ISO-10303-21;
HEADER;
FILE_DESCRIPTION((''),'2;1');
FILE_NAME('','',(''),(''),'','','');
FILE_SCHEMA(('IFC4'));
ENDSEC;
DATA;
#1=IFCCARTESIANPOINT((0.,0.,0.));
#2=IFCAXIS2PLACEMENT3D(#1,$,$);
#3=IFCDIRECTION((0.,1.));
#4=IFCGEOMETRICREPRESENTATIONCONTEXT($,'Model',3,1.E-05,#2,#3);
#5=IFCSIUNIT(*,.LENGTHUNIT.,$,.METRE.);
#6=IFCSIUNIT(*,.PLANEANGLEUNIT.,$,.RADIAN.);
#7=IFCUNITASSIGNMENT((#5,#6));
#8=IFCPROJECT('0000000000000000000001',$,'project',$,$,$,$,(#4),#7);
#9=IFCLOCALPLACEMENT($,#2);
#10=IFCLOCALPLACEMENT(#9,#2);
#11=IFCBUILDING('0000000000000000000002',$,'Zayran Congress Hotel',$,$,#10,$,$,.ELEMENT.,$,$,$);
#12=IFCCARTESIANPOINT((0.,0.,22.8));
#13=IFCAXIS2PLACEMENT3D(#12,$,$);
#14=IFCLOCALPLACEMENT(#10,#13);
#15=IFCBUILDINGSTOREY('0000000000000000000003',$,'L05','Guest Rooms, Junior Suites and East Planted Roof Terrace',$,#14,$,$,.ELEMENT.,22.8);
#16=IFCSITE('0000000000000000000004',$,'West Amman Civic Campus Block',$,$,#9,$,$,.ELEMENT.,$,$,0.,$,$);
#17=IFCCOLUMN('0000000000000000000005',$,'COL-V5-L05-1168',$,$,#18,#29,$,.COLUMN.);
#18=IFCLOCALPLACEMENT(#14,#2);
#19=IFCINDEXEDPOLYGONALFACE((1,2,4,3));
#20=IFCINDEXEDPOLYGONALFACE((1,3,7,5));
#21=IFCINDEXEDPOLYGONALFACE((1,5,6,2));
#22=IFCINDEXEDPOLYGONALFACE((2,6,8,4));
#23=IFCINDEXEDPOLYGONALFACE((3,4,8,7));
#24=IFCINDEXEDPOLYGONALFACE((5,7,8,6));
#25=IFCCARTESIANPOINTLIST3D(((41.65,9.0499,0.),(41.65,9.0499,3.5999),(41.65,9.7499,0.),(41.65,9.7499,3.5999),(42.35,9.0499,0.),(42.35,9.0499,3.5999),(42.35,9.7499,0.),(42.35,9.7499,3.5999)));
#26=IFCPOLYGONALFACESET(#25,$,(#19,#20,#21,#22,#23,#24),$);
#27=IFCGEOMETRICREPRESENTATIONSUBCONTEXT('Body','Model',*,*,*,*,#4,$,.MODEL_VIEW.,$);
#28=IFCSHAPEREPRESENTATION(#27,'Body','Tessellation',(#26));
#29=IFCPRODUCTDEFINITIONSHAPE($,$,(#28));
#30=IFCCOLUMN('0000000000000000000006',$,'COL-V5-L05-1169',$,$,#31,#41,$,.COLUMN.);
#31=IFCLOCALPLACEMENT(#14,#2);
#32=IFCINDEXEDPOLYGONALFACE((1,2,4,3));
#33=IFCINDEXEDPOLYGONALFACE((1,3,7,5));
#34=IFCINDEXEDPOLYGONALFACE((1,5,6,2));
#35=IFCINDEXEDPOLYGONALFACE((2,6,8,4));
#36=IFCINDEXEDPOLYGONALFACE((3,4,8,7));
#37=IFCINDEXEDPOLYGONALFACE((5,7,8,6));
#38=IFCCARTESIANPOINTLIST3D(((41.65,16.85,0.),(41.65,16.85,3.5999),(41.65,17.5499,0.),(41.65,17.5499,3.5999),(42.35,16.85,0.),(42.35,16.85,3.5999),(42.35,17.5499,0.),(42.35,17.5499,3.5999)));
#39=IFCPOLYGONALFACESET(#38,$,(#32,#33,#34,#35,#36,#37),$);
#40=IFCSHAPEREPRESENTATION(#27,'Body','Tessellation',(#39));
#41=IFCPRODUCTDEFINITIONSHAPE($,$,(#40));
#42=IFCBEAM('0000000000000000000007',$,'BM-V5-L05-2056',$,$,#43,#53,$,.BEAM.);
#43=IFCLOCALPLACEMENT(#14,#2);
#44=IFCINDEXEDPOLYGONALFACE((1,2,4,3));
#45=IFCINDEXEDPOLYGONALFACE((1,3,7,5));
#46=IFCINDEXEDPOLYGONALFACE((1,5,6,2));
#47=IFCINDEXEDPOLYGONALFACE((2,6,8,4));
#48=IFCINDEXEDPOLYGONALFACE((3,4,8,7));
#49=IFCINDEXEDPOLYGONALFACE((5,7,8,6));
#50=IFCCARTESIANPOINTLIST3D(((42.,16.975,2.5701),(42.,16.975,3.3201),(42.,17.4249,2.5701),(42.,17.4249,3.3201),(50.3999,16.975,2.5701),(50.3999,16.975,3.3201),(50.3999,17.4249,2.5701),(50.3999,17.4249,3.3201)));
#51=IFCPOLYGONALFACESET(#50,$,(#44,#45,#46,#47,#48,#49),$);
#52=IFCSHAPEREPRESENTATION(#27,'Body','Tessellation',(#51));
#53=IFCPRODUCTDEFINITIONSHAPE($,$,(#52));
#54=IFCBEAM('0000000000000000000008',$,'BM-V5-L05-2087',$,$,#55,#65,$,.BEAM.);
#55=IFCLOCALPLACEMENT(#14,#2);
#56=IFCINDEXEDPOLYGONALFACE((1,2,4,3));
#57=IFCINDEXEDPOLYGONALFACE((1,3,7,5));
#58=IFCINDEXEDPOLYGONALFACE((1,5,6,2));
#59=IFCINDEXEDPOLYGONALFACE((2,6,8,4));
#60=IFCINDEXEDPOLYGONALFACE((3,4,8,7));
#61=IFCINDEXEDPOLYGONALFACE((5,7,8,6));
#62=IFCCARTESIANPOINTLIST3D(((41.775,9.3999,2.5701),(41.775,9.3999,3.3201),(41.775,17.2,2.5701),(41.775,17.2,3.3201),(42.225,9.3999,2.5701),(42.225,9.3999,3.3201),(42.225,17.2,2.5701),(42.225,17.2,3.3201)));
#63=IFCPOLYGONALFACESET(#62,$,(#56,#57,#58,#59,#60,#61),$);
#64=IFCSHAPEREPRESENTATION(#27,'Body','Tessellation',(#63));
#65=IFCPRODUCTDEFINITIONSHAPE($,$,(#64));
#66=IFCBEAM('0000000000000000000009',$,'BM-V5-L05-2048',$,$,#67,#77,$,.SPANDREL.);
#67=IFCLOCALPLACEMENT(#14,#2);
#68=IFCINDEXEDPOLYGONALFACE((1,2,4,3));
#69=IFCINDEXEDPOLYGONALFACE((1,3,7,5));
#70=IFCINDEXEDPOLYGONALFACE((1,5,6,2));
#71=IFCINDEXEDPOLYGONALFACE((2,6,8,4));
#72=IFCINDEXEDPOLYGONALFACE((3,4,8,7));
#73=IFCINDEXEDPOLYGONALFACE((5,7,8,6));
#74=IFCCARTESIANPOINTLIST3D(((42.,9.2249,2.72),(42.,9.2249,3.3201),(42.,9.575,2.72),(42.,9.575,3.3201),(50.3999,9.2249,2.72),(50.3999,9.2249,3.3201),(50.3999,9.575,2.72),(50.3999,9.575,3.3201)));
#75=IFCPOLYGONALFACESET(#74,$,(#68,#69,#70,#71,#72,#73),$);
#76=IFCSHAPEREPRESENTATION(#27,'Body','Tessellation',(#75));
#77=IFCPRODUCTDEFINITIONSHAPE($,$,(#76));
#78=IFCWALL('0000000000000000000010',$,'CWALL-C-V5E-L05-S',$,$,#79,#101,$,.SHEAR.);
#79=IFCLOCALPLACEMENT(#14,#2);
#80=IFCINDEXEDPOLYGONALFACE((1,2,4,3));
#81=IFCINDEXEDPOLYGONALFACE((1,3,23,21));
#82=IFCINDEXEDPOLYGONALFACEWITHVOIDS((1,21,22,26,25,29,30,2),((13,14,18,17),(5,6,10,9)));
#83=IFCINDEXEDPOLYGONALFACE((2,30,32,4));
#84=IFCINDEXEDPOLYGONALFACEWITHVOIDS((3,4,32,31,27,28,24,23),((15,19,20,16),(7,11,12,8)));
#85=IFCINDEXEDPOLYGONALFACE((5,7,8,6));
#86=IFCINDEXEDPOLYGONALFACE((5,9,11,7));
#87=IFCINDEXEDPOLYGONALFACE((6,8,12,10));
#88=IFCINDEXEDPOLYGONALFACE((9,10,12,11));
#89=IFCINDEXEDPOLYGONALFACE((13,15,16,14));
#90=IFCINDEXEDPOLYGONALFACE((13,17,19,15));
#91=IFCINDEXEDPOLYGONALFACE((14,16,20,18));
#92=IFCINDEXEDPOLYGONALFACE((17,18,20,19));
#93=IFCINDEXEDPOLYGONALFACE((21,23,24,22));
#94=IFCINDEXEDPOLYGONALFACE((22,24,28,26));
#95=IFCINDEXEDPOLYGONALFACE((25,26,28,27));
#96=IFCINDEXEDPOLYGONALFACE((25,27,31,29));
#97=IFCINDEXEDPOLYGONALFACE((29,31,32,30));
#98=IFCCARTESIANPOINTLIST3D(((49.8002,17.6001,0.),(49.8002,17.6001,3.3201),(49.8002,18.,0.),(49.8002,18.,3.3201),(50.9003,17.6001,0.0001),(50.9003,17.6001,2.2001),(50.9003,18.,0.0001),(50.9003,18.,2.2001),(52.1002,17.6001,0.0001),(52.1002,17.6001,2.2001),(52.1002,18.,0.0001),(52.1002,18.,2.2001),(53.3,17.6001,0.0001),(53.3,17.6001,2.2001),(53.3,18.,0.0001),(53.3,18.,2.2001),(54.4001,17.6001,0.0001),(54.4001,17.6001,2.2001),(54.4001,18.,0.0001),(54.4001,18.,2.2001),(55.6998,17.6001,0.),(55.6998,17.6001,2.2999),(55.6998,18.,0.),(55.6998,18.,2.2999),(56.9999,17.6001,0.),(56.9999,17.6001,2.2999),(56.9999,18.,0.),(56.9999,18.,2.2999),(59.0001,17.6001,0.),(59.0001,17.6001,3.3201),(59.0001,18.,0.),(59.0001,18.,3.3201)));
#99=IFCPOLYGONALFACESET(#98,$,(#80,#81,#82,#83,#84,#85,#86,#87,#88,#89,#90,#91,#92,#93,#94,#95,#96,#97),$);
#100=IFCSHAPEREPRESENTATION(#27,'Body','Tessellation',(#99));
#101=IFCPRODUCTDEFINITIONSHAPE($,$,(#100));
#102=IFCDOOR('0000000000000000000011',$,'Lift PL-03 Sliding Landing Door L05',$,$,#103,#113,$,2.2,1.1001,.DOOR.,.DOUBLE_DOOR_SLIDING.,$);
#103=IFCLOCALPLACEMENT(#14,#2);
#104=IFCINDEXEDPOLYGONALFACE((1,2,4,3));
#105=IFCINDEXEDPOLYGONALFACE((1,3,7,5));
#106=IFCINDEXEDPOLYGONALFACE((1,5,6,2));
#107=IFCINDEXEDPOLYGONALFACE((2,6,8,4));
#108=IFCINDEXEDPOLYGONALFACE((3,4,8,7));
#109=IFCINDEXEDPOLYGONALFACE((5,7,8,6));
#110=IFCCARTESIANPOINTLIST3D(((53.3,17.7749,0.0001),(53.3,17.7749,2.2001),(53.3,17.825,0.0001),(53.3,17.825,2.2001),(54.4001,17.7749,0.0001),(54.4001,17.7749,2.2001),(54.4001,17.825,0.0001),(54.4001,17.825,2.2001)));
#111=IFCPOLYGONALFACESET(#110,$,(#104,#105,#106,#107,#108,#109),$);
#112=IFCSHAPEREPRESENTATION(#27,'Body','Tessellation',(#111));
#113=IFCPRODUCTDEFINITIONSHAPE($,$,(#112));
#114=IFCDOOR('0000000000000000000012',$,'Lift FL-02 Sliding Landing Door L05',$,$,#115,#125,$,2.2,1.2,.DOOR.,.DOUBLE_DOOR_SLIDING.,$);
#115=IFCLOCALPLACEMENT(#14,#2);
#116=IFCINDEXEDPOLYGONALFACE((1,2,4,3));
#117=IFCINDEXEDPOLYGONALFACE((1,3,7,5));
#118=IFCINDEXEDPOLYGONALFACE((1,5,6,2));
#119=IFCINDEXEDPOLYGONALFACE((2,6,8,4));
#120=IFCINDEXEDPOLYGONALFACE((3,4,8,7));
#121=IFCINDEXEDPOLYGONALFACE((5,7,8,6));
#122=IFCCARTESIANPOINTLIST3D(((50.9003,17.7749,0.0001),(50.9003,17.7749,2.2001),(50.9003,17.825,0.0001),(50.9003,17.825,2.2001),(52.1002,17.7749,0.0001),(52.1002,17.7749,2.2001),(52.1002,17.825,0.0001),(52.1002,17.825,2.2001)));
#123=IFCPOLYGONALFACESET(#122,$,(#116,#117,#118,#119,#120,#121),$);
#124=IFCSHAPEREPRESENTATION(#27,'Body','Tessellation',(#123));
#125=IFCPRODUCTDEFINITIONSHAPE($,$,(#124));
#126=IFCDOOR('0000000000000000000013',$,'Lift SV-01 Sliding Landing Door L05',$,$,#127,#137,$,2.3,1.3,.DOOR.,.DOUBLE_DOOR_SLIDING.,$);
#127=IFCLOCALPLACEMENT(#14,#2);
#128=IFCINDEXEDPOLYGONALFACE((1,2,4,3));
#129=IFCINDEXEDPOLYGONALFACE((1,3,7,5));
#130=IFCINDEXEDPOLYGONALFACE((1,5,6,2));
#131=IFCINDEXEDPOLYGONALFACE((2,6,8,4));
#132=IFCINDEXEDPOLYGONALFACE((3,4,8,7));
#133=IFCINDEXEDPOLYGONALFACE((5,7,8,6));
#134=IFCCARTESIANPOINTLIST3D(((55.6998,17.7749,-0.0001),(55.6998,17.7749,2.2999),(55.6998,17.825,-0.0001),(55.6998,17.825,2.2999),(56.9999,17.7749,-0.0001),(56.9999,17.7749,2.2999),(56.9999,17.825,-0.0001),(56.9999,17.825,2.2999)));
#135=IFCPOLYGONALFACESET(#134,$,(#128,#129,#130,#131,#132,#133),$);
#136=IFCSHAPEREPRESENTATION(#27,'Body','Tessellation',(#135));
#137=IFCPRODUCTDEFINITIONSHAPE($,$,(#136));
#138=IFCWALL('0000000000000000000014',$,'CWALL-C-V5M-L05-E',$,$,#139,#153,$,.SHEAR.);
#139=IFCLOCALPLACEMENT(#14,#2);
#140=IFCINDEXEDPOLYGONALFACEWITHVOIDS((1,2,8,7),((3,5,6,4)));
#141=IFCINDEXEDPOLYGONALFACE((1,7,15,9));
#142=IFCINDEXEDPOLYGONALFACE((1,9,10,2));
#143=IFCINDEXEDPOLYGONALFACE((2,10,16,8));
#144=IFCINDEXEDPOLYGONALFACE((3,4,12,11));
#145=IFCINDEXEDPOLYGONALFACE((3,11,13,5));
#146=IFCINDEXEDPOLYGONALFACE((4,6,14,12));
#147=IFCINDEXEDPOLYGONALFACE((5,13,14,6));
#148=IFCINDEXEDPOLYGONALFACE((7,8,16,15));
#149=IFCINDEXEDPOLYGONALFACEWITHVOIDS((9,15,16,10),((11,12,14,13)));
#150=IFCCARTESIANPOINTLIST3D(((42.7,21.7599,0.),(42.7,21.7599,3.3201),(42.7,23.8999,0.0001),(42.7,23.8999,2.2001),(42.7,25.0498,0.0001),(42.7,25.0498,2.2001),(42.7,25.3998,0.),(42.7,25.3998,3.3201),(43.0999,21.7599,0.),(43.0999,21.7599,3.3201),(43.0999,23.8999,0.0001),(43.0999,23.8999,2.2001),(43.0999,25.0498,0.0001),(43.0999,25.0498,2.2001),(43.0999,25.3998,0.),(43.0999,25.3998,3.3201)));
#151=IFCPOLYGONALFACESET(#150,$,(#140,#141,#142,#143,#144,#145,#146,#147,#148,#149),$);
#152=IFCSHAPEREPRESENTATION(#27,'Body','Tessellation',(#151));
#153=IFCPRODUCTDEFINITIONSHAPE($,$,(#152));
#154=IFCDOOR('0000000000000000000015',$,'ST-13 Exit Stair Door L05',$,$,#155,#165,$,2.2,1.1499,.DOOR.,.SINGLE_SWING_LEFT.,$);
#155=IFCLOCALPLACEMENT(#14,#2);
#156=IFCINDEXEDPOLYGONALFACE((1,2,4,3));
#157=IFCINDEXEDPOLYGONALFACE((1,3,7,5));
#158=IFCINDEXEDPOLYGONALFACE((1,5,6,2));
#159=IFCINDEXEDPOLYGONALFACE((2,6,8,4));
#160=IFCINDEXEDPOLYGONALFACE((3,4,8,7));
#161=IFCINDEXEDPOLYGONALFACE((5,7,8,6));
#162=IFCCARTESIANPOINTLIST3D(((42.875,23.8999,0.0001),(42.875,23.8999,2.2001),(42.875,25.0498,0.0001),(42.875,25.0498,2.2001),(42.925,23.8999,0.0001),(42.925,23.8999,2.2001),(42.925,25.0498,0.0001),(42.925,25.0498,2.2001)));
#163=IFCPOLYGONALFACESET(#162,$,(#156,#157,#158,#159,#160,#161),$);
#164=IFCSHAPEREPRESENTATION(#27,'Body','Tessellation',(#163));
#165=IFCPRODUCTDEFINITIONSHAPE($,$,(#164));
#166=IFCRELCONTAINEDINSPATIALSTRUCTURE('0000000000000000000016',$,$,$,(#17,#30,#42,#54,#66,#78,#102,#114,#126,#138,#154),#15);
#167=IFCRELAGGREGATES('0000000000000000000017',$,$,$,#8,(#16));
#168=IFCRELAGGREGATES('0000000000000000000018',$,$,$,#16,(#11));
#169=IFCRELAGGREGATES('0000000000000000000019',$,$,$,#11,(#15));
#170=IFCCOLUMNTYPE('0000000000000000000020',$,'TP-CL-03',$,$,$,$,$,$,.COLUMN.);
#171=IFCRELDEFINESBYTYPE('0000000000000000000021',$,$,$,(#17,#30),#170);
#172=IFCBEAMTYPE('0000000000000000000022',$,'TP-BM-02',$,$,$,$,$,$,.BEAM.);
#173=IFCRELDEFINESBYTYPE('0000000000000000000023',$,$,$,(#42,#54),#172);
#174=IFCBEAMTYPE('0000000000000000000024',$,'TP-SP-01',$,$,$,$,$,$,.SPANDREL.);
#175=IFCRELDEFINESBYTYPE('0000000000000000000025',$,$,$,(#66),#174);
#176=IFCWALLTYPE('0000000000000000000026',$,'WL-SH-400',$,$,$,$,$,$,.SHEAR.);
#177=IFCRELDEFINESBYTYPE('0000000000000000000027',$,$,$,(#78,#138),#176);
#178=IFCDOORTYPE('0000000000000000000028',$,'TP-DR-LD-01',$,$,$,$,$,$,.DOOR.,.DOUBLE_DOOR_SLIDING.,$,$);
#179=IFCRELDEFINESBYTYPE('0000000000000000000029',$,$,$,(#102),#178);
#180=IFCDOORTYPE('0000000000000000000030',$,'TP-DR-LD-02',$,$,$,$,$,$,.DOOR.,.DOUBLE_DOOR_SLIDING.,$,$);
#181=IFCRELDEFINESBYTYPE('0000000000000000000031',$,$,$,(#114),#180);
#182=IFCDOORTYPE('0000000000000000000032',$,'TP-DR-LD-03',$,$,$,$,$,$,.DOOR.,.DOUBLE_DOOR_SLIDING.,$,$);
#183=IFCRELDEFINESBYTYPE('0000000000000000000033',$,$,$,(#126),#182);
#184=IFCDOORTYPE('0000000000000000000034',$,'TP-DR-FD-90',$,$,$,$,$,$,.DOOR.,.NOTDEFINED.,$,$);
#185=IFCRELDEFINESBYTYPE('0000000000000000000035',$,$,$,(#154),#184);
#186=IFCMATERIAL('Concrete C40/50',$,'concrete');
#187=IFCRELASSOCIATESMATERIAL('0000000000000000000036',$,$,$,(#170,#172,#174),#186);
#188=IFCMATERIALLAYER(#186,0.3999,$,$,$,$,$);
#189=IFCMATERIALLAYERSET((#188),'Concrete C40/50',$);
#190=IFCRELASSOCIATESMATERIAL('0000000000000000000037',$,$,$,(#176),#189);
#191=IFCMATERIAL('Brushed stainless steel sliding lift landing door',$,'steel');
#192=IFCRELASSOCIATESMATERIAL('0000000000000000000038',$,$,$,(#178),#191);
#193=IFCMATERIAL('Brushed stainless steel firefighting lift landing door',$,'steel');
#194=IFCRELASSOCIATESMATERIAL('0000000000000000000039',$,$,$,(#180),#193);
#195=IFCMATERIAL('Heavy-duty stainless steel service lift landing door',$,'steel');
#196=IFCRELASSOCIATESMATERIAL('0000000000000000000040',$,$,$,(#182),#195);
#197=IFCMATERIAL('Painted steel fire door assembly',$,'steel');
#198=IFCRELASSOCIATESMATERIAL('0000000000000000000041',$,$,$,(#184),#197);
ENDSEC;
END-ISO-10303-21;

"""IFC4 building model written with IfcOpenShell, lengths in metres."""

from ifc_helpers import new_model, si_unit, direction, frame, frame_2d, origin, origin_2d, place, context, subcontext, project, spatial, rectangle, extrude, material, layer, layer_set, material_profile, profile_set, type_object, element, fill, save


model = new_model("IFC4")

# Units and contexts
model_context = context("Model", 3, precision=1e-05, world=origin(), true_north=direction((0.0, 1.0)))
body_context = subcontext(model_context, "Body", "Model", "MODEL_VIEW")
ifc_project = project(units=[si_unit("LENGTHUNIT", "METRE"), si_unit("PLANEANGLEUNIT", "RADIAN")], contexts=[model_context])

# Site, building, storey
site_placement = place(None, origin())
site = spatial("IfcSite", under=ifc_project, at=site_placement, Name="West Amman Civic Campus Block", CompositionType="ELEMENT", RefElevation=0.0)
building_placement = place(site_placement, origin())
building = spatial("IfcBuilding", under=site, at=building_placement, Name="Zayran Congress Hotel", CompositionType="ELEMENT")
storey_placement = place(building_placement, frame((0.0, 0.0, 22.8)))
storey = spatial("IfcBuildingStorey", under=building, at=storey_placement, Name="L05", Description="Guest Rooms, Junior Suites and East Planted Roof Terrace", CompositionType="ELEMENT", Elevation=22.8)

# Columns
ifc_material_1 = material(Name="Concrete C40/50", Category="concrete")
ifc_material_profile_1 = material_profile(ifc_material_1, rectangle(XDim=0.7, YDim=0.7, at=origin_2d()), Name="RC 700x700")
ifc_profile_set_1 = profile_set([ifc_material_profile_1], Name="Concrete C40/50")
column_type = type_object("IfcColumnType", Name="TP-CL-03", PredefinedType="COLUMN", material=ifc_profile_set_1)
for number, where, z_axis, x_axis, name in (
    (1, (42.0, 9.3999, 0.0), (0.0, 0.0, 1.0), (1.0, 0.0, 0.0), "COL-V5-L05-1168"),
    (2, (42.0, 17.2, 0.0), (0.0, 0.0, 1.0), (1.0, 0.0, 0.0), "COL-V5-L05-1169"),
):
    element("IfcColumn", number, at=place(storey_placement, frame(where, z_axis=z_axis, x_axis=x_axis)), inside=storey, type_object=column_type, Name=name, PredefinedType="COLUMN", context=body_context, shape_type="SweptSolid", body=[
        extrude(rectangle(XDim=0.7, YDim=0.7, at=origin_2d()), origin(), (0.0, 0.0, 1.0), 3.5999),
    ])

# Beams
ifc_material_profile_2 = material_profile(ifc_material_1, rectangle(XDim=0.45, YDim=0.75, at=origin_2d()), Name="RC 450x750")
ifc_profile_set_2 = profile_set([ifc_material_profile_2], Name="Concrete C40/50")
beam_type_1 = type_object("IfcBeamType", Name="TP-BM-02", PredefinedType="BEAM", material=ifc_profile_set_2)
beam_1_placement = place(storey_placement, frame((42.0, 17.2, 2.9451), z_axis=(1.0, 0.0, 0.0), x_axis=(0.0, 1.0, 0.0)))
element("IfcBeam", 3, at=beam_1_placement, inside=storey, type_object=beam_type_1, Name="BM-V5-L05-2056", PredefinedType="BEAM", context=body_context, shape_type="SweptSolid", body=[
    extrude(rectangle(XDim=0.45, YDim=0.75, at=origin_2d()), origin(), (0.0, 0.0, 1.0), 8.3999),
])
beam_2_placement = place(storey_placement, frame((42.0, 9.3999, 2.9451), z_axis=(0.0, 1.0, 0.0), x_axis=(-1.0, 0.0, 0.0)))
element("IfcBeam", 4, at=beam_2_placement, inside=storey, type_object=beam_type_1, Name="BM-V5-L05-2087", PredefinedType="BEAM", context=body_context, shape_type="SweptSolid", body=[
    extrude(rectangle(XDim=0.45, YDim=0.75, at=origin_2d()), origin(), (0.0, 0.0, 1.0), 7.8),
])
ifc_material_profile_3 = material_profile(ifc_material_1, rectangle(XDim=0.3501, YDim=0.6001, at=origin_2d()), Name="RC 350x600")
ifc_profile_set_3 = profile_set([ifc_material_profile_3], Name="Concrete C40/50")
beam_type_2 = type_object("IfcBeamType", Name="TP-SP-01", PredefinedType="SPANDREL", material=ifc_profile_set_3)
beam_3_placement = place(storey_placement, frame((42.0, 9.3999, 3.02), z_axis=(1.0, 0.0, 0.0), x_axis=(0.0, 1.0, 0.0)))
element("IfcBeam", 5, at=beam_3_placement, inside=storey, type_object=beam_type_2, Name="BM-V5-L05-2048", PredefinedType="SPANDREL", context=body_context, shape_type="SweptSolid", body=[
    extrude(rectangle(XDim=0.3501, YDim=0.6001, at=origin_2d()), origin(), (0.0, 0.0, 1.0), 8.3999),
])

# Wall, openings, doors
ifc_layer_1 = layer(ifc_material_1, 0.3999)
ifc_layer_set_1 = layer_set([ifc_layer_1], Name="Concrete C40/50")
wall_type_1 = type_object("IfcWallType", Name="WL-SH-400", PredefinedType="SHEAR", material=ifc_layer_set_1)
wall_1_placement = place(storey_placement, frame((49.8, 17.8, 0.0), z_axis=(0.0, 0.0, 1.0), x_axis=(1.0, 0.0, 0.0)))
wall_1 = element("IfcWall", 6, at=wall_1_placement, inside=storey, type_object=wall_type_1, Name="CWALL-C-V5E-L05-S", PredefinedType="SHEAR", context=body_context, shape_type="SweptSolid", body=[
    extrude(rectangle(XDim=9.2, YDim=0.3999, at=frame_2d((4.6001, 0.0))), origin(), (0.0, 0.0, 1.0), 3.3201),
])
opening_1_placement = place(wall_1_placement, frame((1.1001, 0.0, 0.0)))
opening_1 = element("IfcOpeningElement", 7, at=opening_1_placement, cuts=wall_1, PredefinedType="OPENING", context=body_context, shape_type="SweptSolid", body=[
    extrude(rectangle(XDim=1.2, YDim=2.2, at=frame_2d((0.6001, 1.1001))), frame((0.0, 0.21, 0.0), z_axis=(0.0, -1.0, 0.0), x_axis=(1.0, 0.0, 0.0)), (0.0, 0.0, 1.0), 0.4199),
])
opening_2_placement = place(wall_1_placement, frame((3.5, 0.0, 0.0)))
opening_2 = element("IfcOpeningElement", 8, at=opening_2_placement, cuts=wall_1, PredefinedType="OPENING", context=body_context, shape_type="SweptSolid", body=[
    extrude(rectangle(XDim=1.1001, YDim=2.2, at=frame_2d((0.55, 1.1001))), frame((0.0, 0.21, 0.0), z_axis=(0.0, -1.0, 0.0), x_axis=(1.0, 0.0, 0.0)), (0.0, 0.0, 1.0), 0.4199),
])
opening_3_placement = place(wall_1_placement, frame((5.8999, 0.0, 0.0)))
opening_3 = element("IfcOpeningElement", 9, at=opening_3_placement, cuts=wall_1, PredefinedType="OPENING", context=body_context, shape_type="SweptSolid", body=[
    extrude(rectangle(XDim=1.3, YDim=2.3, at=frame_2d((0.6499, 1.1499))), frame((0.0, 0.21, 0.0), z_axis=(0.0, -1.0, 0.0), x_axis=(1.0, 0.0, 0.0)), (0.0, 0.0, 1.0), 0.4199),
])
ifc_material_2 = material(Name="Brushed stainless steel sliding lift landing door", Category="steel")
door_type_1 = type_object("IfcDoorType", Name="TP-DR-LD-01", OperationType="DOUBLE_DOOR_SLIDING", PredefinedType="DOOR", material=ifc_material_2)
door_1_placement = place(opening_2_placement, origin())
door_1 = element("IfcDoor", 10, at=door_1_placement, inside=storey, type_object=door_type_1, Name="Lift PL-03 Sliding Landing Door L05", OperationType="DOUBLE_DOOR_SLIDING", OverallHeight=2.2, OverallWidth=1.1001, PredefinedType="DOOR", context=body_context, shape_type="SweptSolid", body=[
    extrude(rectangle(XDim=1.1001, YDim=2.2, at=frame_2d((0.55, 1.1001))), frame((0.0, 0.0249, 0.0), z_axis=(0.0, -1.0, 0.0), x_axis=(1.0, 0.0, 0.0)), (0.0, 0.0, 1.0), 0.05),
])
fill(opening_2, door_1)
ifc_material_3 = material(Name="Brushed stainless steel firefighting lift landing door", Category="steel")
door_type_2 = type_object("IfcDoorType", Name="TP-DR-LD-02", OperationType="DOUBLE_DOOR_SLIDING", PredefinedType="DOOR", material=ifc_material_3)
door_2_placement = place(opening_1_placement, origin())
door_2 = element("IfcDoor", 11, at=door_2_placement, inside=storey, type_object=door_type_2, Name="Lift FL-02 Sliding Landing Door L05", OperationType="DOUBLE_DOOR_SLIDING", OverallHeight=2.2, OverallWidth=1.2, PredefinedType="DOOR", context=body_context, shape_type="SweptSolid", body=[
    extrude(rectangle(XDim=1.2, YDim=2.2, at=frame_2d((0.6001, 1.1001))), frame((0.0, 0.0249, 0.0), z_axis=(0.0, -1.0, 0.0), x_axis=(1.0, 0.0, 0.0)), (0.0, 0.0, 1.0), 0.05),
])
fill(opening_1, door_2)
ifc_material_4 = material(Name="Heavy-duty stainless steel service lift landing door", Category="steel")
door_type_3 = type_object("IfcDoorType", Name="TP-DR-LD-03", OperationType="DOUBLE_DOOR_SLIDING", PredefinedType="DOOR", material=ifc_material_4)
door_3_placement = place(opening_3_placement, origin())
door_3 = element("IfcDoor", 12, at=door_3_placement, inside=storey, type_object=door_type_3, Name="Lift SV-01 Sliding Landing Door L05", OperationType="DOUBLE_DOOR_SLIDING", OverallHeight=2.3, OverallWidth=1.3, PredefinedType="DOOR", context=body_context, shape_type="SweptSolid", body=[
    extrude(rectangle(XDim=1.3, YDim=2.3, at=frame_2d((0.6499, 1.1499))), frame((0.0, 0.0249, 0.0), z_axis=(0.0, -1.0, 0.0), x_axis=(1.0, 0.0, 0.0)), (0.0, 0.0, 1.0), 0.05),
])
fill(opening_3, door_3)

# Wall, opening, door
wall_2_placement = place(storey_placement, frame((42.8999, 21.76, 0.0), z_axis=(0.0, 0.0, 1.0), x_axis=(0.0, 1.0, 0.0)))
wall_2 = element("IfcWall", 13, at=wall_2_placement, inside=storey, type_object=wall_type_1, Name="CWALL-C-V5M-L05-E", PredefinedType="SHEAR", context=body_context, shape_type="SweptSolid", body=[
    extrude(rectangle(XDim=3.6399, YDim=0.3999, at=frame_2d((1.8198, 0.0))), origin(), (0.0, 0.0, 1.0), 3.3201),
])
opening_4_placement = place(wall_2_placement, frame((2.1399, 0.0, 0.0)))
opening_4 = element("IfcOpeningElement", 14, at=opening_4_placement, cuts=wall_2, PredefinedType="OPENING", context=body_context, shape_type="SweptSolid", body=[
    extrude(rectangle(XDim=1.1499, YDim=2.2, at=frame_2d((0.575, 1.1001))), frame((0.0, 0.21, 0.0), z_axis=(0.0, -1.0, 0.0), x_axis=(1.0, 0.0, 0.0)), (0.0, 0.0, 1.0), 0.4199),
])
ifc_material_5 = material(Name="Painted steel fire door assembly", Category="steel")
door_type_4 = type_object("IfcDoorType", Name="TP-DR-FD-90", OperationType="NOTDEFINED", PredefinedType="DOOR", material=ifc_material_5)
door_4_placement = place(opening_4_placement, origin())
door_4 = element("IfcDoor", 15, at=door_4_placement, inside=storey, type_object=door_type_4, Name="ST-13 Exit Stair Door L05", OperationType="SINGLE_SWING_LEFT", OverallHeight=2.2, OverallWidth=1.1499, PredefinedType="DOOR", context=body_context, shape_type="SweptSolid", body=[
    extrude(rectangle(XDim=1.1499, YDim=2.2, at=frame_2d((0.575, 1.1001))), frame((0.0, 0.0249, 0.0), z_axis=(0.0, -1.0, 0.0), x_axis=(1.0, 0.0, 0.0)), (0.0, 0.0, 1.0), 0.05),
])
fill(opening_4, door_4)

save(model, "model.ifc")
